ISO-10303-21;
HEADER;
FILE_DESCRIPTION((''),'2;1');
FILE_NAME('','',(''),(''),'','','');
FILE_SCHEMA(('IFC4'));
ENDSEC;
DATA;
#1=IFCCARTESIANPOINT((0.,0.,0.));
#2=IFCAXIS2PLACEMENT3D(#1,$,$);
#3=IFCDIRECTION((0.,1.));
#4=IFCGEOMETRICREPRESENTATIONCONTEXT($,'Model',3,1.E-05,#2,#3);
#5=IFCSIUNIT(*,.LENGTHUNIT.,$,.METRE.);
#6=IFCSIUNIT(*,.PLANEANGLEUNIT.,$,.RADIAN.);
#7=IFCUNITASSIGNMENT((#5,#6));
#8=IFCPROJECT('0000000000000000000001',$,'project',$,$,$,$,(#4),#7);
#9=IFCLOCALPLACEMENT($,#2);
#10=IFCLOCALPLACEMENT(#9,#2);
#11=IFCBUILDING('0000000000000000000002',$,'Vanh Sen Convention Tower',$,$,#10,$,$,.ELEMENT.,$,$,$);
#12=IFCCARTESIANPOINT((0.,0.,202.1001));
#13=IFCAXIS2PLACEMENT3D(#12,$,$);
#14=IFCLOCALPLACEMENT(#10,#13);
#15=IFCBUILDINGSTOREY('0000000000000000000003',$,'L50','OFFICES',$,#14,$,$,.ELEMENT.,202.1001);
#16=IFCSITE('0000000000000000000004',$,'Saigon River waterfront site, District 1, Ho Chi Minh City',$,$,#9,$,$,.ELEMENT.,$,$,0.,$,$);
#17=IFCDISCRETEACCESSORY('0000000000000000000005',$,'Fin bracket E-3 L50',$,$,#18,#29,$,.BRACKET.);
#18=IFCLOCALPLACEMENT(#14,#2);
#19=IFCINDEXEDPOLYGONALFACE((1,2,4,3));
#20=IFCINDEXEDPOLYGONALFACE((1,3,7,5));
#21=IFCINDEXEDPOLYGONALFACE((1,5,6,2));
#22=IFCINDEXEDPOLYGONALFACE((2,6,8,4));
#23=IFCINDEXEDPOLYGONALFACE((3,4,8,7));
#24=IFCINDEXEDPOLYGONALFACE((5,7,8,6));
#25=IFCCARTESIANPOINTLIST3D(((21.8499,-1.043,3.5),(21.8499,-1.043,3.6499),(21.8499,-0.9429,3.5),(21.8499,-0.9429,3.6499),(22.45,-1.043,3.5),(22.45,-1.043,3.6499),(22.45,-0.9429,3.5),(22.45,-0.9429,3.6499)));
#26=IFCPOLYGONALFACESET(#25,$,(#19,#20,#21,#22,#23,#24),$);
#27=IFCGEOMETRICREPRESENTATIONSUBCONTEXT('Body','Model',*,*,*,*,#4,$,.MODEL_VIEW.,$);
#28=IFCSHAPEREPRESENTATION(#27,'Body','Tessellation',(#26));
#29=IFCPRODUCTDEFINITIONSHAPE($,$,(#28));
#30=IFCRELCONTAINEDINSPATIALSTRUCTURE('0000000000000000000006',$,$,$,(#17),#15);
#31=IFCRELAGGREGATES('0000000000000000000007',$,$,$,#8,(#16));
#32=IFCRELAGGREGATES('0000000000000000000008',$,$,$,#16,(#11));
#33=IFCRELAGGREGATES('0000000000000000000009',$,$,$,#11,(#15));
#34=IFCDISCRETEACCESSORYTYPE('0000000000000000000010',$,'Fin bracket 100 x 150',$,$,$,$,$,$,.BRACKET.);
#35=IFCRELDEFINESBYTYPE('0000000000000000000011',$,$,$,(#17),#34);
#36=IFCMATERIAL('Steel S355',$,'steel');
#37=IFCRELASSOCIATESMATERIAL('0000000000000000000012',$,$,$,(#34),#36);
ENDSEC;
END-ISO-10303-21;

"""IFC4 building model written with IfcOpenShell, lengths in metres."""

from ifc_helpers import new_model, si_unit, direction, frame, origin, origin_2d, place, context, subcontext, project, spatial, rectangle, extrude, material, type_object, element, save


model = new_model("IFC4")

# Units and contexts
model_context = context("Model", 3, precision=1e-05, world=origin(), true_north=direction((0.0, 1.0)))
body_context = subcontext(model_context, "Body", "Model", "MODEL_VIEW")
ifc_project = project(units=[si_unit("LENGTHUNIT", "METRE"), si_unit("PLANEANGLEUNIT", "RADIAN")], contexts=[model_context])

# Site, building, storey
site_placement = place(None, origin())
site = spatial("IfcSite", under=ifc_project, at=site_placement, Name="Saigon River waterfront site, District 1, Ho Chi Minh City", CompositionType="ELEMENT", RefElevation=0.0)
building_placement = place(site_placement, origin())
building = spatial("IfcBuilding", under=site, at=building_placement, Name="Vanh Sen Convention Tower", CompositionType="ELEMENT")
storey_placement = place(building_placement, frame((0.0, 0.0, 202.1001)))
storey = spatial("IfcBuildingStorey", under=building, at=storey_placement, Name="L50", Description="OFFICES", CompositionType="ELEMENT", Elevation=202.1001)

# Discrete accessory
ifc_material_1 = material(Name="Steel S355", Category="steel")
discrete_accessory_type = type_object("IfcDiscreteAccessoryType", Name="Fin bracket 100 x 150", PredefinedType="BRACKET", material=ifc_material_1)
for number, where, z_axis, x_axis, name in (
    (1, (22.1499, -0.9929, 3.5), (0.0, 0.0, 1.0), (1.0, 0.0, 0.0), "Fin bracket E-3 L50"),
):
    element("IfcDiscreteAccessory", number, at=place(storey_placement, frame(where, z_axis=z_axis, x_axis=x_axis)), inside=storey, type_object=discrete_accessory_type, Name=name, PredefinedType="BRACKET", context=body_context, shape_type="SweptSolid", body=[
        extrude(rectangle(XDim=0.6001, YDim=0.1001, at=origin_2d()), origin(), (0.0, 0.0, 1.0), 0.1499),
    ])

save(model, "model.ifc")
